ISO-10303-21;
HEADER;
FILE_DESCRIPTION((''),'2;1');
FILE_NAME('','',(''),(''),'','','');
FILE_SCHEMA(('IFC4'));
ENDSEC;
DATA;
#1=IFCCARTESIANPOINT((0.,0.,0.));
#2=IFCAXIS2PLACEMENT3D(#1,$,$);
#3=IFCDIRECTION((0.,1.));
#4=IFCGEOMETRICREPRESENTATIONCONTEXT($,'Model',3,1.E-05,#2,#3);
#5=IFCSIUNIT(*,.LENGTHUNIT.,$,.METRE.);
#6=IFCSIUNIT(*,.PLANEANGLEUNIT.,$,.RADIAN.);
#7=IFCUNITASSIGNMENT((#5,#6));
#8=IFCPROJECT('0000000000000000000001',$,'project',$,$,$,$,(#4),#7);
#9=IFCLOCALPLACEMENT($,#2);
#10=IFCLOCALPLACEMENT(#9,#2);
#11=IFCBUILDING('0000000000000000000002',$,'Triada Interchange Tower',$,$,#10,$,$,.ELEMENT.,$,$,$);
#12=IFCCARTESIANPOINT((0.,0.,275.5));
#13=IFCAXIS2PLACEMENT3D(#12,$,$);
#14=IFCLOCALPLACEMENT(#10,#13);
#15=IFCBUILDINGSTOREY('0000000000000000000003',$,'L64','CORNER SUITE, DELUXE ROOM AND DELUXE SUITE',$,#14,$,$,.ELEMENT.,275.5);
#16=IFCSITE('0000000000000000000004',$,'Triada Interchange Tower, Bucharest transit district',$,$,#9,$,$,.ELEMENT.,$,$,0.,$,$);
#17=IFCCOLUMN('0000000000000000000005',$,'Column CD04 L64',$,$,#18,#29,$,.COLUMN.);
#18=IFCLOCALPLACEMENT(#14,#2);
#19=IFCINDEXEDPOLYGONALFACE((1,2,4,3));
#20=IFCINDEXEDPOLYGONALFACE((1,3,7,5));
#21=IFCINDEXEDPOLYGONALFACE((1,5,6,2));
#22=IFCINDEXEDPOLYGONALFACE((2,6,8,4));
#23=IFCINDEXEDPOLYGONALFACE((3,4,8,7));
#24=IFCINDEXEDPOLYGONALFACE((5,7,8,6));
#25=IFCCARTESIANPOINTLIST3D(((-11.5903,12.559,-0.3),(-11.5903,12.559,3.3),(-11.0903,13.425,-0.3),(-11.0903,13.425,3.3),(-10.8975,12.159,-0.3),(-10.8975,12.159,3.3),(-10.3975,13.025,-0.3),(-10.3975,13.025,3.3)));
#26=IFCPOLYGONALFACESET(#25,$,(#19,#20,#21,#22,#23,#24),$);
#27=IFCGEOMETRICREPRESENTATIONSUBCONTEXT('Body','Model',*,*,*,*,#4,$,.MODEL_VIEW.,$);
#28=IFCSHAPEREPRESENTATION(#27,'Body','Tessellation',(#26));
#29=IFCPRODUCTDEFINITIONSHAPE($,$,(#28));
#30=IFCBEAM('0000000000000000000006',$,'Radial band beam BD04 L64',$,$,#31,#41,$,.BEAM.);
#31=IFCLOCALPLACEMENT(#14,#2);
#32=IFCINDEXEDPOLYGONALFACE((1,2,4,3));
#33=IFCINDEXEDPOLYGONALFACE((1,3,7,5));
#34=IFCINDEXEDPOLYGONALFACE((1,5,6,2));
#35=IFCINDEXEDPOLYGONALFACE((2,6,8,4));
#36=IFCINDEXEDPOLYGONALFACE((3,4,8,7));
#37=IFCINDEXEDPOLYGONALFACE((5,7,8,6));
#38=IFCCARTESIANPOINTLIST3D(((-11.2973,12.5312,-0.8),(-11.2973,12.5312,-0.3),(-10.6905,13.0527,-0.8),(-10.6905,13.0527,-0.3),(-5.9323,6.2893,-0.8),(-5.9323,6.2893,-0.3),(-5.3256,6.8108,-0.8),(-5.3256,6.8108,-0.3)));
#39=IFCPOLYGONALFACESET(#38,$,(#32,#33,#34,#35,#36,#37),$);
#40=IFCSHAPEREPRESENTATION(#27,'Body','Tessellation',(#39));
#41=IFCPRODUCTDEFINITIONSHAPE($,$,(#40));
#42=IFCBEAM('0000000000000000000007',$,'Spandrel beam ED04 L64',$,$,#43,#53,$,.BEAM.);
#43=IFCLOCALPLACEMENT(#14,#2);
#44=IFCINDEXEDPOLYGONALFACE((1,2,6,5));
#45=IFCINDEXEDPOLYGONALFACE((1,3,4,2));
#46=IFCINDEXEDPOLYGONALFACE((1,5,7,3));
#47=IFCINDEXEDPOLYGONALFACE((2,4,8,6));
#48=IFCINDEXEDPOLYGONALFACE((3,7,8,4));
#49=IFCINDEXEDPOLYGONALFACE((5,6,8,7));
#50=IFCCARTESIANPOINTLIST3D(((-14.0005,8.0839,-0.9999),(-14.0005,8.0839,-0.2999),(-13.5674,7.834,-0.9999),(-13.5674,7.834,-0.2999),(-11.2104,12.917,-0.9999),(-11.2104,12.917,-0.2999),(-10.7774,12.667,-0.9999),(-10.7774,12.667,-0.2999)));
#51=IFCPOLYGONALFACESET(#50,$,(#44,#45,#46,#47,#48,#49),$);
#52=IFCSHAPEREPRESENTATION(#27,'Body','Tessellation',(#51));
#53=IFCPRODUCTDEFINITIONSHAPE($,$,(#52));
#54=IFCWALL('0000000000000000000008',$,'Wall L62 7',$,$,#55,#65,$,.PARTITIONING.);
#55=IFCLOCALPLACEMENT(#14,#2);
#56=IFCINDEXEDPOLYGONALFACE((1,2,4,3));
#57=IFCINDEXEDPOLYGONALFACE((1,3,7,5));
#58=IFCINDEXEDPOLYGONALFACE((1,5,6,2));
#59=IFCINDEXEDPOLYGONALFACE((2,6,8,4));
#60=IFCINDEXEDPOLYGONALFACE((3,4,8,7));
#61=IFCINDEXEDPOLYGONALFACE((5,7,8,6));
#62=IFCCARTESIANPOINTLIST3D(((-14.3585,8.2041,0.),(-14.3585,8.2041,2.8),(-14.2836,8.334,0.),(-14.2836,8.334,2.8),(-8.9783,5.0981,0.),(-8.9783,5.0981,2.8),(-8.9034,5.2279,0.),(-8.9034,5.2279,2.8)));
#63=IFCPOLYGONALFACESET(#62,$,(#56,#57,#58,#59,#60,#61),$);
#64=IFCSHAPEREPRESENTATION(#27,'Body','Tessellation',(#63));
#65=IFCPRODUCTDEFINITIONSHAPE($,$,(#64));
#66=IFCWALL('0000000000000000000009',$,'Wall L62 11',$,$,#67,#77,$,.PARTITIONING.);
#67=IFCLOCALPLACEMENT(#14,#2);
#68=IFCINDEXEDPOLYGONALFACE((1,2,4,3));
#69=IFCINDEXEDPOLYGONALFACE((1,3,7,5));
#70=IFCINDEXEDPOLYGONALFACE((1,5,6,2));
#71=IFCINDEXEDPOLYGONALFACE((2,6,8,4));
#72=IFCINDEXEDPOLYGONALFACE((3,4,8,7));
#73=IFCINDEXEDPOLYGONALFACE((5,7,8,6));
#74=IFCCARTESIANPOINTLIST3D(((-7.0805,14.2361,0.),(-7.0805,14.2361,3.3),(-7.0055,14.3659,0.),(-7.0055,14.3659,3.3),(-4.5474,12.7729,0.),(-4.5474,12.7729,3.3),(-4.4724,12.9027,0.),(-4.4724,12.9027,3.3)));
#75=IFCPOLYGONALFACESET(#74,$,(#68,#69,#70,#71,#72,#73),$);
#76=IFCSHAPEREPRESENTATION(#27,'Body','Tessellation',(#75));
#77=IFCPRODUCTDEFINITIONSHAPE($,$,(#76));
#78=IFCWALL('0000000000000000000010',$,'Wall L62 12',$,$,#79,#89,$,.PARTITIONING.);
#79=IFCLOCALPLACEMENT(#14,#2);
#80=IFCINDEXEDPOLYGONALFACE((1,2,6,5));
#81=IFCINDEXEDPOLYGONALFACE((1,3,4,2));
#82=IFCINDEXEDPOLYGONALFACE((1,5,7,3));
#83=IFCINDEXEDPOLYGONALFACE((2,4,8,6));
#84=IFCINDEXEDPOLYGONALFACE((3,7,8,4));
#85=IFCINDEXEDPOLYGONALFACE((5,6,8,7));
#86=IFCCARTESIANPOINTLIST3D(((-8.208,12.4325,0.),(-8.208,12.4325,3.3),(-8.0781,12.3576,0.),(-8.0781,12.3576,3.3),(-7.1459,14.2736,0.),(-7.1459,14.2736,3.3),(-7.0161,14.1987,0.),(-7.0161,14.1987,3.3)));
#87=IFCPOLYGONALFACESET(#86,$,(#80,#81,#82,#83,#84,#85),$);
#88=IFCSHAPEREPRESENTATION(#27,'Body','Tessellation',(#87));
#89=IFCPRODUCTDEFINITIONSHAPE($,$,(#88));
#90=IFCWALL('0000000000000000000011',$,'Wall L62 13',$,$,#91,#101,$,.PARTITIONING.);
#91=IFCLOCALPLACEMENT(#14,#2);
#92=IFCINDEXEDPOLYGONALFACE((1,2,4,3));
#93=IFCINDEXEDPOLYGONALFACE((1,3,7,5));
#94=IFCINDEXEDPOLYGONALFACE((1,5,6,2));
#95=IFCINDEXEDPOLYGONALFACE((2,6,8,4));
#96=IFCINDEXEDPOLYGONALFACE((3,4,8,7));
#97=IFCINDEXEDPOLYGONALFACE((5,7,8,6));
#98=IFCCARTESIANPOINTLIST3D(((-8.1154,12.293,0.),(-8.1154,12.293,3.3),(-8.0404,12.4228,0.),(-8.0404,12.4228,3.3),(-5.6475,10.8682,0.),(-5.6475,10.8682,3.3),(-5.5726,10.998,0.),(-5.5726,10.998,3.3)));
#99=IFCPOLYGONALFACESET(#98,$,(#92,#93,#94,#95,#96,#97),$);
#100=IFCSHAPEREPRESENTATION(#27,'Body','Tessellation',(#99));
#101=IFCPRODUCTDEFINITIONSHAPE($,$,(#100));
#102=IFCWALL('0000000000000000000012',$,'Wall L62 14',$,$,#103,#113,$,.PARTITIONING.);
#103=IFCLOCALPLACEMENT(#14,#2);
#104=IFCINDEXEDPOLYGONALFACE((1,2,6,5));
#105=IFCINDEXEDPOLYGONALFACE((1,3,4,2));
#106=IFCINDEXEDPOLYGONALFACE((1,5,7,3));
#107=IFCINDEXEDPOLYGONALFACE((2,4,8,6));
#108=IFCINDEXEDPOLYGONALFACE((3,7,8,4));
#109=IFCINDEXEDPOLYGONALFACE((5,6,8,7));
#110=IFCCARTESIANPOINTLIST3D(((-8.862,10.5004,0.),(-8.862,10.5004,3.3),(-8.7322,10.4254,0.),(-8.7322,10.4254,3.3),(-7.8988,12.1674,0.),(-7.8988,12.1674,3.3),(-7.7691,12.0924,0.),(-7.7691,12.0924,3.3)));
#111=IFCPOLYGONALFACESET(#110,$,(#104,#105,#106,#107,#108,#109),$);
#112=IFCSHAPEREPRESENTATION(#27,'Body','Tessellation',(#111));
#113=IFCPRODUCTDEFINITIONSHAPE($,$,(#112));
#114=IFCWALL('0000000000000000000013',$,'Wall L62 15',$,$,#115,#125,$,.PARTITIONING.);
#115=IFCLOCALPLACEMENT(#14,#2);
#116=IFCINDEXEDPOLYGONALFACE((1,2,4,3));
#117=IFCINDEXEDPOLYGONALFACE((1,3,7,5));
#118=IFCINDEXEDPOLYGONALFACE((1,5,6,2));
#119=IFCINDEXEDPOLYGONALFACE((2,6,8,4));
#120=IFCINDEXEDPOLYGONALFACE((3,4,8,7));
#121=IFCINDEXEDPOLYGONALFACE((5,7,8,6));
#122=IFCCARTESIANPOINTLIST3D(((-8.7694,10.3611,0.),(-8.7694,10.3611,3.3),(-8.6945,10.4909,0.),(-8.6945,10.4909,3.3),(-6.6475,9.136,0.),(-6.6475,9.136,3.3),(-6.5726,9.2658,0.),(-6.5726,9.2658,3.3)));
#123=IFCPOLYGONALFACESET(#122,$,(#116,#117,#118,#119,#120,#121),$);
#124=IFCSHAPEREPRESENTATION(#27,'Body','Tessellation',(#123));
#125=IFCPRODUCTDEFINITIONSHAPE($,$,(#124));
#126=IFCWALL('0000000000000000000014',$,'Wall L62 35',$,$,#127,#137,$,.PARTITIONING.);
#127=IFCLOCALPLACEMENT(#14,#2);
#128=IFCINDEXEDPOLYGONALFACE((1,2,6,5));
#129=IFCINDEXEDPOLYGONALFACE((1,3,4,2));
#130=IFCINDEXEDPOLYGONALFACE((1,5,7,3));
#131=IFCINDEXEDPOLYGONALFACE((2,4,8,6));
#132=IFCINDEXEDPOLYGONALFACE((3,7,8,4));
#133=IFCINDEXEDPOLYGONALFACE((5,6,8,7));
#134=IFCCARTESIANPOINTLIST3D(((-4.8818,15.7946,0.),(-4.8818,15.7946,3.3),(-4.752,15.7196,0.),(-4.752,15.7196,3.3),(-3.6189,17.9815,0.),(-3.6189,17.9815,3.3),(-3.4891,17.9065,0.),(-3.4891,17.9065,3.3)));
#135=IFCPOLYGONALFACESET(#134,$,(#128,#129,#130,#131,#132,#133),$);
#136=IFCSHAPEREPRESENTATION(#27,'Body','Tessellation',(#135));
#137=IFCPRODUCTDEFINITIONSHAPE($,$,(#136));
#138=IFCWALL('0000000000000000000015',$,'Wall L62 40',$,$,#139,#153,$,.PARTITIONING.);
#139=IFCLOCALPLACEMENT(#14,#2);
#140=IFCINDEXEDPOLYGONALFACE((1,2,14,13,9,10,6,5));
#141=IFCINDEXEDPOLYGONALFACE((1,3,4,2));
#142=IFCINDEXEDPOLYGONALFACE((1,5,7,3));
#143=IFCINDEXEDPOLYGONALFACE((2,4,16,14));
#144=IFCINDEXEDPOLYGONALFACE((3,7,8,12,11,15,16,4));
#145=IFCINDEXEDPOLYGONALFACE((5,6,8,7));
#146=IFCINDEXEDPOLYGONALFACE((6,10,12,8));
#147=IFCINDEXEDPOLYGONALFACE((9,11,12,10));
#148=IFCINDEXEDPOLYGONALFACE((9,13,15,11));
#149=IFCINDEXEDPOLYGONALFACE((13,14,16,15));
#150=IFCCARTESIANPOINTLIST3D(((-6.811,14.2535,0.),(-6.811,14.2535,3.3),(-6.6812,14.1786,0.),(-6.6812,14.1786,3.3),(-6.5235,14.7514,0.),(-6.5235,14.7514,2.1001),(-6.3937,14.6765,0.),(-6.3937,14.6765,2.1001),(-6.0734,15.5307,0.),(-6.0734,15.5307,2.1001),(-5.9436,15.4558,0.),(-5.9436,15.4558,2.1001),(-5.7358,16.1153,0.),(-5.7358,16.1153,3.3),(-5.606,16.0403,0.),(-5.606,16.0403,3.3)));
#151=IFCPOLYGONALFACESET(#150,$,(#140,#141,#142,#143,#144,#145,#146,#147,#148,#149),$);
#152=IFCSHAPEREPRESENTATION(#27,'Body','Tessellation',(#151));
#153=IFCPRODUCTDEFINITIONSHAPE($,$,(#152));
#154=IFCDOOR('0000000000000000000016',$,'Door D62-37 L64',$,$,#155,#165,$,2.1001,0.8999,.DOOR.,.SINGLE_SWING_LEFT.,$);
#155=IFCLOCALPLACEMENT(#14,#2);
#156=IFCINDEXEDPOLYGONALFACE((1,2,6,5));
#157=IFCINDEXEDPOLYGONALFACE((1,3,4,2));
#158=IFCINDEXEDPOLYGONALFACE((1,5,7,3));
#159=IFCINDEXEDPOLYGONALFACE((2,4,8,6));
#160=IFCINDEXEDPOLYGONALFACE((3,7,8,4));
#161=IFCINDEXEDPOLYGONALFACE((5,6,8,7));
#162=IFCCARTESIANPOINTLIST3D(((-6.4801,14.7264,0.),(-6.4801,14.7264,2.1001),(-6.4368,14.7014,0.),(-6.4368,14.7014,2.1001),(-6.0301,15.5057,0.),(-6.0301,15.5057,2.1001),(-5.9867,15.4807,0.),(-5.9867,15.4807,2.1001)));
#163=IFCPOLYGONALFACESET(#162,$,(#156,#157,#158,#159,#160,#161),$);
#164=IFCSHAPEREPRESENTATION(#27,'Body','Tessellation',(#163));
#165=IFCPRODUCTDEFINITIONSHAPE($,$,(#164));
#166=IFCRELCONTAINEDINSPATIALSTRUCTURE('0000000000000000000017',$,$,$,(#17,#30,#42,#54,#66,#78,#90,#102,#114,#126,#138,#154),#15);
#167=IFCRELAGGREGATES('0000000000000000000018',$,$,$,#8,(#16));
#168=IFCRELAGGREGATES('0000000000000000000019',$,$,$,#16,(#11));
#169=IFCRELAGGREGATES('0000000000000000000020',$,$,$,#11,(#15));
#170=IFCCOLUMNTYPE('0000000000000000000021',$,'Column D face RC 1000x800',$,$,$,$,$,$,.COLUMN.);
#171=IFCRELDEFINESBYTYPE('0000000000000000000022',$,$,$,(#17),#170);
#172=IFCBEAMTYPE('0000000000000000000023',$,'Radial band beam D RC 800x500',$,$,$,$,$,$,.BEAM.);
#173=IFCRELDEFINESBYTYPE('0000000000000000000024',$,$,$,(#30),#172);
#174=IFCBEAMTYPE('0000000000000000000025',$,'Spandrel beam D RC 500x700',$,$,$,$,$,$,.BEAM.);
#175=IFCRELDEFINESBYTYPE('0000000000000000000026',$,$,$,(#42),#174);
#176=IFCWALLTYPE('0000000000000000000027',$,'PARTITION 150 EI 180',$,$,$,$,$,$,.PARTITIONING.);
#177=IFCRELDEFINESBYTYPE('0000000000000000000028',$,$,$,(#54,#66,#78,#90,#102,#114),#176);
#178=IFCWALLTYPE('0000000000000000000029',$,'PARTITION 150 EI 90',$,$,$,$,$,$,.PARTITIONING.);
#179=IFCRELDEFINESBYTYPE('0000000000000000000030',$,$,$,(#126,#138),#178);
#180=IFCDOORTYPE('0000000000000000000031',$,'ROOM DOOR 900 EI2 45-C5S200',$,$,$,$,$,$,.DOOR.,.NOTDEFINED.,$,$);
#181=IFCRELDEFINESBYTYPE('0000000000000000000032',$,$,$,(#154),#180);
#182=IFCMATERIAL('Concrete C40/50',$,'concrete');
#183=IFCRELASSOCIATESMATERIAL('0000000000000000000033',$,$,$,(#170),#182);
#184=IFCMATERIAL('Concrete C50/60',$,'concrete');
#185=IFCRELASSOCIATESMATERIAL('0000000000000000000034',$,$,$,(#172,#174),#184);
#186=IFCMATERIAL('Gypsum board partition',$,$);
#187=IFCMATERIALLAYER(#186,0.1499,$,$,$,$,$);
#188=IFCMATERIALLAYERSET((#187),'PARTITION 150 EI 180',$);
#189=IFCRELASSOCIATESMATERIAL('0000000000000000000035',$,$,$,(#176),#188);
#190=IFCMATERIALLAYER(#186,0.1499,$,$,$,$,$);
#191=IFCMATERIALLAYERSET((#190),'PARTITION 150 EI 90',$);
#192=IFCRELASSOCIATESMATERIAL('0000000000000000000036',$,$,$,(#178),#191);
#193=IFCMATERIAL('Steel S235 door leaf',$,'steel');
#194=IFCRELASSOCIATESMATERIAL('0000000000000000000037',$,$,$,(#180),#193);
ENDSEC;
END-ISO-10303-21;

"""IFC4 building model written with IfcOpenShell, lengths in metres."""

from ifc_helpers import new_model, si_unit, direction, frame, frame_2d, origin, origin_2d, place, context, subcontext, project, spatial, rectangle, extrude, material, layer, layer_set, material_profile, profile_set, type_object, element, fill, save


model = new_model("IFC4")

# Units and contexts
model_context = context("Model", 3, precision=1e-05, world=origin(), true_north=direction((0.0, 1.0)))
body_context = subcontext(model_context, "Body", "Model", "MODEL_VIEW")
ifc_project = project(units=[si_unit("LENGTHUNIT", "METRE"), si_unit("PLANEANGLEUNIT", "RADIAN")], contexts=[model_context])

# Site, building, storey
site_placement = place(None, origin())
site = spatial("IfcSite", under=ifc_project, at=site_placement, Name="Triada Interchange Tower, Bucharest transit district", CompositionType="ELEMENT", RefElevation=0.0)
building_placement = place(site_placement, origin())
building = spatial("IfcBuilding", under=site, at=building_placement, Name="Triada Interchange Tower", CompositionType="ELEMENT")
storey_placement = place(building_placement, frame((0.0, 0.0, 275.5)))
storey = spatial("IfcBuildingStorey", under=building, at=storey_placement, Name="L64", Description="CORNER SUITE, DELUXE ROOM AND DELUXE SUITE", CompositionType="ELEMENT", Elevation=275.5)

# Column
ifc_material_1 = material(Name="Concrete C40/50", Category="concrete")
ifc_material_profile_1 = material_profile(ifc_material_1, rectangle(XDim=1.0, YDim=0.8, at=origin_2d()), Name="RC 1000x800")
ifc_profile_set_1 = profile_set([ifc_material_profile_1], Name="Concrete C40/50")
column_type = type_object("IfcColumnType", Name="Column D face RC 1000x800", PredefinedType="COLUMN", material=ifc_profile_set_1)
column_placement = place(storey_placement, frame((-10.9939, 12.792, -0.3), z_axis=(0.0, 0.0, 1.0), x_axis=(0.5, 0.866025, 0.0)))
element("IfcColumn", 1, at=column_placement, inside=storey, type_object=column_type, Name="Column CD04 L64", PredefinedType="COLUMN", context=body_context, shape_type="SweptSolid", body=[
    extrude(rectangle(XDim=1.0, YDim=0.8, at=origin_2d()), origin(), (0.0, 0.0, 1.0), 3.6001),
])

# Beams
ifc_material_2 = material(Name="Concrete C50/60", Category="concrete")
ifc_material_profile_2 = material_profile(ifc_material_2, rectangle(XDim=0.8, YDim=0.5, at=origin_2d()), Name="RC 800x500")
ifc_profile_set_2 = profile_set([ifc_material_profile_2], Name="Concrete C50/60")
beam_type_1 = type_object("IfcBeamType", Name="Radial band beam D RC 800x500", PredefinedType="BEAM", material=ifc_profile_set_2)
beam_1_placement = place(storey_placement, frame((-10.9939, 12.792, -0.55), z_axis=(0.651824, -0.75837, 0.0), x_axis=(0.75837, 0.651824, 0.0)))
element("IfcBeam", 2, at=beam_1_placement, inside=storey, type_object=beam_type_1, Name="Radial band beam BD04 L64", PredefinedType="BEAM", context=body_context, shape_type="SweptSolid", body=[
    extrude(rectangle(XDim=0.8, YDim=0.5, at=origin_2d()), origin(), (0.0, 0.0, 1.0), 8.2307),
])
ifc_material_profile_3 = material_profile(ifc_material_2, rectangle(XDim=0.5, YDim=0.7, at=origin_2d()), Name="RC 500x700")
ifc_profile_set_3 = profile_set([ifc_material_profile_3], Name="Concrete C50/60")
beam_type_2 = type_object("IfcBeamType", Name="Spandrel beam D RC 500x700", PredefinedType="BEAM", material=ifc_profile_set_3)
beam_2_placement = place(storey_placement, frame((-10.9939, 12.792, -0.6499), z_axis=(-0.49996, -0.866049, 0.0), x_axis=(0.866049, -0.49996, 0.0)))
element("IfcBeam", 3, at=beam_2_placement, inside=storey, type_object=beam_type_2, Name="Spandrel beam ED04 L64", PredefinedType="BEAM", context=body_context, shape_type="SweptSolid", body=[
    extrude(rectangle(XDim=0.5, YDim=0.7, at=origin_2d()), origin(), (0.0, 0.0, 1.0), 5.5806),
])

# Shared definitions
ifc_material_3 = material(Name="Steel S235 door leaf", Category="steel")

# Walls
ifc_material_4 = material(Name="Gypsum board partition")
ifc_layer_1 = layer(ifc_material_4, 0.1499)
ifc_layer_set_1 = layer_set([ifc_layer_1], Name="PARTITION 150 EI 180")
wall_type_1 = type_object("IfcWallType", Name="PARTITION 150 EI 180", PredefinedType="PARTITIONING", material=ifc_layer_set_1)
wall_1_placement = place(storey_placement, frame((-14.321, 8.269, 0.0), z_axis=(0.0, 0.0, 1.0), x_axis=(0.866044, -0.499969, 0.0)))
element("IfcWall", 4, at=wall_1_placement, inside=storey, type_object=wall_type_1, Name="Wall L62 7", PredefinedType="PARTITIONING", context=body_context, shape_type="SweptSolid", body=[
    extrude(rectangle(XDim=6.2124, YDim=0.1499, at=frame_2d((3.1062, 0.0))), origin(), (0.0, 0.0, 1.0), 2.8),
])
wall_2_placement = place(storey_placement, frame((-7.043, 14.301, 0.0), z_axis=(0.0, 0.0, 1.0), x_axis=(0.865917, -0.500187, 0.0)))
element("IfcWall", 5, at=wall_2_placement, inside=storey, type_object=wall_type_1, Name="Wall L62 11", PredefinedType="PARTITIONING", context=body_context, shape_type="SweptSolid", body=[
    extrude(rectangle(XDim=2.9253, YDim=0.1499, at=frame_2d((1.4626, 0.0))), origin(), (0.0, 0.0, 1.0), 3.3),
])
wall_3_placement = place(storey_placement, frame((-8.1431, 12.395, 0.0), z_axis=(0.0, 0.0, 1.0), x_axis=(0.499673, 0.866214, 0.0)))
element("IfcWall", 6, at=wall_3_placement, inside=storey, type_object=wall_type_1, Name="Wall L62 12", PredefinedType="PARTITIONING", context=body_context, shape_type="SweptSolid", body=[
    extrude(rectangle(XDim=2.1255, YDim=0.1499, at=frame_2d((1.0627, 0.0))), origin(), (0.0, 0.0, 1.0), 3.3),
])
wall_4_placement = place(storey_placement, frame((-8.0779, 12.3579, 0.0), z_axis=(0.0, 0.0, 1.0), x_axis=(0.86602, -0.500009, 0.0)))
element("IfcWall", 7, at=wall_4_placement, inside=storey, type_object=wall_type_1, Name="Wall L62 13", PredefinedType="PARTITIONING", context=body_context, shape_type="SweptSolid", body=[
    extrude(rectangle(XDim=2.8496, YDim=0.1499, at=frame_2d((1.4248, 0.0))), origin(), (0.0, 0.0, 1.0), 3.3),
])
wall_5_placement = place(storey_placement, frame((-8.7971, 10.4629, 0.0), z_axis=(0.0, 0.0, 1.0), x_axis=(0.500271, 0.865869, 0.0)))
element("IfcWall", 8, at=wall_5_placement, inside=storey, type_object=wall_type_1, Name="Wall L62 14", PredefinedType="PARTITIONING", context=body_context, shape_type="SweptSolid", body=[
    extrude(rectangle(XDim=1.9253, YDim=0.1499, at=frame_2d((0.9626, 0.0))), origin(), (0.0, 0.0, 1.0), 3.3),
])
wall_6_placement = place(storey_placement, frame((-8.7319, 10.426, 0.0), z_axis=(0.0, 0.0, 1.0), x_axis=(0.866015, -0.500019, 0.0)))
element("IfcWall", 9, at=wall_6_placement, inside=storey, type_object=wall_type_1, Name="Wall L62 15", PredefinedType="PARTITIONING", context=body_context, shape_type="SweptSolid", body=[
    extrude(rectangle(XDim=2.4502, YDim=0.1499, at=frame_2d((1.2251, 0.0))), origin(), (0.0, 0.0, 1.0), 3.3),
])
ifc_layer_2 = layer(ifc_material_4, 0.1499)
ifc_layer_set_2 = layer_set([ifc_layer_2], Name="PARTITION 150 EI 90")
wall_type_2 = type_object("IfcWallType", Name="PARTITION 150 EI 90", PredefinedType="PARTITIONING", material=ifc_layer_set_2)
wall_7_placement = place(storey_placement, frame((-4.8169, 15.7571, 0.0), z_axis=(0.0, 0.0, 1.0), x_axis=(0.500079, 0.86598, 0.0)))
element("IfcWall", 10, at=wall_7_placement, inside=storey, type_object=wall_type_2, Name="Wall L62 35", PredefinedType="PARTITIONING", context=body_context, shape_type="SweptSolid", body=[
    extrude(rectangle(XDim=2.5254, YDim=0.1499, at=frame_2d((1.2627, 0.0))), origin(), (0.0, 0.0, 1.0), 3.3),
])

# Wall, opening, door
wall_8_placement = place(storey_placement, frame((-6.7461, 14.2161, 0.0), z_axis=(0.0, 0.0, 1.0), x_axis=(0.500096, 0.86597, 0.0)))
wall_8 = element("IfcWall", 11, at=wall_8_placement, inside=storey, type_object=wall_type_2, Name="Wall L62 40", PredefinedType="PARTITIONING", context=body_context, shape_type="SweptSolid", body=[
    extrude(rectangle(XDim=2.1499, YDim=0.1499, at=frame_2d((1.075, 0.0))), origin(), (0.0, 0.0, 1.0), 3.3),
])
opening_1_placement = place(wall_8_placement, frame((0.575, 0.0, 0.0)))
opening_1 = element("IfcOpeningElement", 12, at=opening_1_placement, cuts=wall_8, PredefinedType="OPENING", context=body_context, shape_type="SweptSolid", body=[
    extrude(rectangle(XDim=0.8999, YDim=2.1001, at=frame_2d((0.45, 1.05))), frame((0.0, 0.085, 0.0), z_axis=(0.0, -1.0, 0.0), x_axis=(1.0, 0.0, 0.0)), (0.0, 0.0, 1.0), 0.1699),
])
door_type_1 = type_object("IfcDoorType", Name="ROOM DOOR 900 EI2 45-C5S200", OperationType="NOTDEFINED", PredefinedType="DOOR", material=ifc_material_3)
door_1_placement = place(opening_1_placement, origin())
door_1 = element("IfcDoor", 13, at=door_1_placement, inside=storey, type_object=door_type_1, Name="Door D62-37 L64", OperationType="SINGLE_SWING_LEFT", OverallHeight=2.1001, OverallWidth=0.8999, PredefinedType="DOOR", context=body_context, shape_type="SweptSolid", body=[
    extrude(rectangle(XDim=0.8999, YDim=2.1001, at=frame_2d((0.45, 1.05))), frame((0.0, 0.0249, 0.0), z_axis=(0.0, -1.0, 0.0), x_axis=(1.0, 0.0, 0.0)), (0.0, 0.0, 1.0), 0.05),
])
fill(opening_1, door_1)

save(model, "model.ifc")
